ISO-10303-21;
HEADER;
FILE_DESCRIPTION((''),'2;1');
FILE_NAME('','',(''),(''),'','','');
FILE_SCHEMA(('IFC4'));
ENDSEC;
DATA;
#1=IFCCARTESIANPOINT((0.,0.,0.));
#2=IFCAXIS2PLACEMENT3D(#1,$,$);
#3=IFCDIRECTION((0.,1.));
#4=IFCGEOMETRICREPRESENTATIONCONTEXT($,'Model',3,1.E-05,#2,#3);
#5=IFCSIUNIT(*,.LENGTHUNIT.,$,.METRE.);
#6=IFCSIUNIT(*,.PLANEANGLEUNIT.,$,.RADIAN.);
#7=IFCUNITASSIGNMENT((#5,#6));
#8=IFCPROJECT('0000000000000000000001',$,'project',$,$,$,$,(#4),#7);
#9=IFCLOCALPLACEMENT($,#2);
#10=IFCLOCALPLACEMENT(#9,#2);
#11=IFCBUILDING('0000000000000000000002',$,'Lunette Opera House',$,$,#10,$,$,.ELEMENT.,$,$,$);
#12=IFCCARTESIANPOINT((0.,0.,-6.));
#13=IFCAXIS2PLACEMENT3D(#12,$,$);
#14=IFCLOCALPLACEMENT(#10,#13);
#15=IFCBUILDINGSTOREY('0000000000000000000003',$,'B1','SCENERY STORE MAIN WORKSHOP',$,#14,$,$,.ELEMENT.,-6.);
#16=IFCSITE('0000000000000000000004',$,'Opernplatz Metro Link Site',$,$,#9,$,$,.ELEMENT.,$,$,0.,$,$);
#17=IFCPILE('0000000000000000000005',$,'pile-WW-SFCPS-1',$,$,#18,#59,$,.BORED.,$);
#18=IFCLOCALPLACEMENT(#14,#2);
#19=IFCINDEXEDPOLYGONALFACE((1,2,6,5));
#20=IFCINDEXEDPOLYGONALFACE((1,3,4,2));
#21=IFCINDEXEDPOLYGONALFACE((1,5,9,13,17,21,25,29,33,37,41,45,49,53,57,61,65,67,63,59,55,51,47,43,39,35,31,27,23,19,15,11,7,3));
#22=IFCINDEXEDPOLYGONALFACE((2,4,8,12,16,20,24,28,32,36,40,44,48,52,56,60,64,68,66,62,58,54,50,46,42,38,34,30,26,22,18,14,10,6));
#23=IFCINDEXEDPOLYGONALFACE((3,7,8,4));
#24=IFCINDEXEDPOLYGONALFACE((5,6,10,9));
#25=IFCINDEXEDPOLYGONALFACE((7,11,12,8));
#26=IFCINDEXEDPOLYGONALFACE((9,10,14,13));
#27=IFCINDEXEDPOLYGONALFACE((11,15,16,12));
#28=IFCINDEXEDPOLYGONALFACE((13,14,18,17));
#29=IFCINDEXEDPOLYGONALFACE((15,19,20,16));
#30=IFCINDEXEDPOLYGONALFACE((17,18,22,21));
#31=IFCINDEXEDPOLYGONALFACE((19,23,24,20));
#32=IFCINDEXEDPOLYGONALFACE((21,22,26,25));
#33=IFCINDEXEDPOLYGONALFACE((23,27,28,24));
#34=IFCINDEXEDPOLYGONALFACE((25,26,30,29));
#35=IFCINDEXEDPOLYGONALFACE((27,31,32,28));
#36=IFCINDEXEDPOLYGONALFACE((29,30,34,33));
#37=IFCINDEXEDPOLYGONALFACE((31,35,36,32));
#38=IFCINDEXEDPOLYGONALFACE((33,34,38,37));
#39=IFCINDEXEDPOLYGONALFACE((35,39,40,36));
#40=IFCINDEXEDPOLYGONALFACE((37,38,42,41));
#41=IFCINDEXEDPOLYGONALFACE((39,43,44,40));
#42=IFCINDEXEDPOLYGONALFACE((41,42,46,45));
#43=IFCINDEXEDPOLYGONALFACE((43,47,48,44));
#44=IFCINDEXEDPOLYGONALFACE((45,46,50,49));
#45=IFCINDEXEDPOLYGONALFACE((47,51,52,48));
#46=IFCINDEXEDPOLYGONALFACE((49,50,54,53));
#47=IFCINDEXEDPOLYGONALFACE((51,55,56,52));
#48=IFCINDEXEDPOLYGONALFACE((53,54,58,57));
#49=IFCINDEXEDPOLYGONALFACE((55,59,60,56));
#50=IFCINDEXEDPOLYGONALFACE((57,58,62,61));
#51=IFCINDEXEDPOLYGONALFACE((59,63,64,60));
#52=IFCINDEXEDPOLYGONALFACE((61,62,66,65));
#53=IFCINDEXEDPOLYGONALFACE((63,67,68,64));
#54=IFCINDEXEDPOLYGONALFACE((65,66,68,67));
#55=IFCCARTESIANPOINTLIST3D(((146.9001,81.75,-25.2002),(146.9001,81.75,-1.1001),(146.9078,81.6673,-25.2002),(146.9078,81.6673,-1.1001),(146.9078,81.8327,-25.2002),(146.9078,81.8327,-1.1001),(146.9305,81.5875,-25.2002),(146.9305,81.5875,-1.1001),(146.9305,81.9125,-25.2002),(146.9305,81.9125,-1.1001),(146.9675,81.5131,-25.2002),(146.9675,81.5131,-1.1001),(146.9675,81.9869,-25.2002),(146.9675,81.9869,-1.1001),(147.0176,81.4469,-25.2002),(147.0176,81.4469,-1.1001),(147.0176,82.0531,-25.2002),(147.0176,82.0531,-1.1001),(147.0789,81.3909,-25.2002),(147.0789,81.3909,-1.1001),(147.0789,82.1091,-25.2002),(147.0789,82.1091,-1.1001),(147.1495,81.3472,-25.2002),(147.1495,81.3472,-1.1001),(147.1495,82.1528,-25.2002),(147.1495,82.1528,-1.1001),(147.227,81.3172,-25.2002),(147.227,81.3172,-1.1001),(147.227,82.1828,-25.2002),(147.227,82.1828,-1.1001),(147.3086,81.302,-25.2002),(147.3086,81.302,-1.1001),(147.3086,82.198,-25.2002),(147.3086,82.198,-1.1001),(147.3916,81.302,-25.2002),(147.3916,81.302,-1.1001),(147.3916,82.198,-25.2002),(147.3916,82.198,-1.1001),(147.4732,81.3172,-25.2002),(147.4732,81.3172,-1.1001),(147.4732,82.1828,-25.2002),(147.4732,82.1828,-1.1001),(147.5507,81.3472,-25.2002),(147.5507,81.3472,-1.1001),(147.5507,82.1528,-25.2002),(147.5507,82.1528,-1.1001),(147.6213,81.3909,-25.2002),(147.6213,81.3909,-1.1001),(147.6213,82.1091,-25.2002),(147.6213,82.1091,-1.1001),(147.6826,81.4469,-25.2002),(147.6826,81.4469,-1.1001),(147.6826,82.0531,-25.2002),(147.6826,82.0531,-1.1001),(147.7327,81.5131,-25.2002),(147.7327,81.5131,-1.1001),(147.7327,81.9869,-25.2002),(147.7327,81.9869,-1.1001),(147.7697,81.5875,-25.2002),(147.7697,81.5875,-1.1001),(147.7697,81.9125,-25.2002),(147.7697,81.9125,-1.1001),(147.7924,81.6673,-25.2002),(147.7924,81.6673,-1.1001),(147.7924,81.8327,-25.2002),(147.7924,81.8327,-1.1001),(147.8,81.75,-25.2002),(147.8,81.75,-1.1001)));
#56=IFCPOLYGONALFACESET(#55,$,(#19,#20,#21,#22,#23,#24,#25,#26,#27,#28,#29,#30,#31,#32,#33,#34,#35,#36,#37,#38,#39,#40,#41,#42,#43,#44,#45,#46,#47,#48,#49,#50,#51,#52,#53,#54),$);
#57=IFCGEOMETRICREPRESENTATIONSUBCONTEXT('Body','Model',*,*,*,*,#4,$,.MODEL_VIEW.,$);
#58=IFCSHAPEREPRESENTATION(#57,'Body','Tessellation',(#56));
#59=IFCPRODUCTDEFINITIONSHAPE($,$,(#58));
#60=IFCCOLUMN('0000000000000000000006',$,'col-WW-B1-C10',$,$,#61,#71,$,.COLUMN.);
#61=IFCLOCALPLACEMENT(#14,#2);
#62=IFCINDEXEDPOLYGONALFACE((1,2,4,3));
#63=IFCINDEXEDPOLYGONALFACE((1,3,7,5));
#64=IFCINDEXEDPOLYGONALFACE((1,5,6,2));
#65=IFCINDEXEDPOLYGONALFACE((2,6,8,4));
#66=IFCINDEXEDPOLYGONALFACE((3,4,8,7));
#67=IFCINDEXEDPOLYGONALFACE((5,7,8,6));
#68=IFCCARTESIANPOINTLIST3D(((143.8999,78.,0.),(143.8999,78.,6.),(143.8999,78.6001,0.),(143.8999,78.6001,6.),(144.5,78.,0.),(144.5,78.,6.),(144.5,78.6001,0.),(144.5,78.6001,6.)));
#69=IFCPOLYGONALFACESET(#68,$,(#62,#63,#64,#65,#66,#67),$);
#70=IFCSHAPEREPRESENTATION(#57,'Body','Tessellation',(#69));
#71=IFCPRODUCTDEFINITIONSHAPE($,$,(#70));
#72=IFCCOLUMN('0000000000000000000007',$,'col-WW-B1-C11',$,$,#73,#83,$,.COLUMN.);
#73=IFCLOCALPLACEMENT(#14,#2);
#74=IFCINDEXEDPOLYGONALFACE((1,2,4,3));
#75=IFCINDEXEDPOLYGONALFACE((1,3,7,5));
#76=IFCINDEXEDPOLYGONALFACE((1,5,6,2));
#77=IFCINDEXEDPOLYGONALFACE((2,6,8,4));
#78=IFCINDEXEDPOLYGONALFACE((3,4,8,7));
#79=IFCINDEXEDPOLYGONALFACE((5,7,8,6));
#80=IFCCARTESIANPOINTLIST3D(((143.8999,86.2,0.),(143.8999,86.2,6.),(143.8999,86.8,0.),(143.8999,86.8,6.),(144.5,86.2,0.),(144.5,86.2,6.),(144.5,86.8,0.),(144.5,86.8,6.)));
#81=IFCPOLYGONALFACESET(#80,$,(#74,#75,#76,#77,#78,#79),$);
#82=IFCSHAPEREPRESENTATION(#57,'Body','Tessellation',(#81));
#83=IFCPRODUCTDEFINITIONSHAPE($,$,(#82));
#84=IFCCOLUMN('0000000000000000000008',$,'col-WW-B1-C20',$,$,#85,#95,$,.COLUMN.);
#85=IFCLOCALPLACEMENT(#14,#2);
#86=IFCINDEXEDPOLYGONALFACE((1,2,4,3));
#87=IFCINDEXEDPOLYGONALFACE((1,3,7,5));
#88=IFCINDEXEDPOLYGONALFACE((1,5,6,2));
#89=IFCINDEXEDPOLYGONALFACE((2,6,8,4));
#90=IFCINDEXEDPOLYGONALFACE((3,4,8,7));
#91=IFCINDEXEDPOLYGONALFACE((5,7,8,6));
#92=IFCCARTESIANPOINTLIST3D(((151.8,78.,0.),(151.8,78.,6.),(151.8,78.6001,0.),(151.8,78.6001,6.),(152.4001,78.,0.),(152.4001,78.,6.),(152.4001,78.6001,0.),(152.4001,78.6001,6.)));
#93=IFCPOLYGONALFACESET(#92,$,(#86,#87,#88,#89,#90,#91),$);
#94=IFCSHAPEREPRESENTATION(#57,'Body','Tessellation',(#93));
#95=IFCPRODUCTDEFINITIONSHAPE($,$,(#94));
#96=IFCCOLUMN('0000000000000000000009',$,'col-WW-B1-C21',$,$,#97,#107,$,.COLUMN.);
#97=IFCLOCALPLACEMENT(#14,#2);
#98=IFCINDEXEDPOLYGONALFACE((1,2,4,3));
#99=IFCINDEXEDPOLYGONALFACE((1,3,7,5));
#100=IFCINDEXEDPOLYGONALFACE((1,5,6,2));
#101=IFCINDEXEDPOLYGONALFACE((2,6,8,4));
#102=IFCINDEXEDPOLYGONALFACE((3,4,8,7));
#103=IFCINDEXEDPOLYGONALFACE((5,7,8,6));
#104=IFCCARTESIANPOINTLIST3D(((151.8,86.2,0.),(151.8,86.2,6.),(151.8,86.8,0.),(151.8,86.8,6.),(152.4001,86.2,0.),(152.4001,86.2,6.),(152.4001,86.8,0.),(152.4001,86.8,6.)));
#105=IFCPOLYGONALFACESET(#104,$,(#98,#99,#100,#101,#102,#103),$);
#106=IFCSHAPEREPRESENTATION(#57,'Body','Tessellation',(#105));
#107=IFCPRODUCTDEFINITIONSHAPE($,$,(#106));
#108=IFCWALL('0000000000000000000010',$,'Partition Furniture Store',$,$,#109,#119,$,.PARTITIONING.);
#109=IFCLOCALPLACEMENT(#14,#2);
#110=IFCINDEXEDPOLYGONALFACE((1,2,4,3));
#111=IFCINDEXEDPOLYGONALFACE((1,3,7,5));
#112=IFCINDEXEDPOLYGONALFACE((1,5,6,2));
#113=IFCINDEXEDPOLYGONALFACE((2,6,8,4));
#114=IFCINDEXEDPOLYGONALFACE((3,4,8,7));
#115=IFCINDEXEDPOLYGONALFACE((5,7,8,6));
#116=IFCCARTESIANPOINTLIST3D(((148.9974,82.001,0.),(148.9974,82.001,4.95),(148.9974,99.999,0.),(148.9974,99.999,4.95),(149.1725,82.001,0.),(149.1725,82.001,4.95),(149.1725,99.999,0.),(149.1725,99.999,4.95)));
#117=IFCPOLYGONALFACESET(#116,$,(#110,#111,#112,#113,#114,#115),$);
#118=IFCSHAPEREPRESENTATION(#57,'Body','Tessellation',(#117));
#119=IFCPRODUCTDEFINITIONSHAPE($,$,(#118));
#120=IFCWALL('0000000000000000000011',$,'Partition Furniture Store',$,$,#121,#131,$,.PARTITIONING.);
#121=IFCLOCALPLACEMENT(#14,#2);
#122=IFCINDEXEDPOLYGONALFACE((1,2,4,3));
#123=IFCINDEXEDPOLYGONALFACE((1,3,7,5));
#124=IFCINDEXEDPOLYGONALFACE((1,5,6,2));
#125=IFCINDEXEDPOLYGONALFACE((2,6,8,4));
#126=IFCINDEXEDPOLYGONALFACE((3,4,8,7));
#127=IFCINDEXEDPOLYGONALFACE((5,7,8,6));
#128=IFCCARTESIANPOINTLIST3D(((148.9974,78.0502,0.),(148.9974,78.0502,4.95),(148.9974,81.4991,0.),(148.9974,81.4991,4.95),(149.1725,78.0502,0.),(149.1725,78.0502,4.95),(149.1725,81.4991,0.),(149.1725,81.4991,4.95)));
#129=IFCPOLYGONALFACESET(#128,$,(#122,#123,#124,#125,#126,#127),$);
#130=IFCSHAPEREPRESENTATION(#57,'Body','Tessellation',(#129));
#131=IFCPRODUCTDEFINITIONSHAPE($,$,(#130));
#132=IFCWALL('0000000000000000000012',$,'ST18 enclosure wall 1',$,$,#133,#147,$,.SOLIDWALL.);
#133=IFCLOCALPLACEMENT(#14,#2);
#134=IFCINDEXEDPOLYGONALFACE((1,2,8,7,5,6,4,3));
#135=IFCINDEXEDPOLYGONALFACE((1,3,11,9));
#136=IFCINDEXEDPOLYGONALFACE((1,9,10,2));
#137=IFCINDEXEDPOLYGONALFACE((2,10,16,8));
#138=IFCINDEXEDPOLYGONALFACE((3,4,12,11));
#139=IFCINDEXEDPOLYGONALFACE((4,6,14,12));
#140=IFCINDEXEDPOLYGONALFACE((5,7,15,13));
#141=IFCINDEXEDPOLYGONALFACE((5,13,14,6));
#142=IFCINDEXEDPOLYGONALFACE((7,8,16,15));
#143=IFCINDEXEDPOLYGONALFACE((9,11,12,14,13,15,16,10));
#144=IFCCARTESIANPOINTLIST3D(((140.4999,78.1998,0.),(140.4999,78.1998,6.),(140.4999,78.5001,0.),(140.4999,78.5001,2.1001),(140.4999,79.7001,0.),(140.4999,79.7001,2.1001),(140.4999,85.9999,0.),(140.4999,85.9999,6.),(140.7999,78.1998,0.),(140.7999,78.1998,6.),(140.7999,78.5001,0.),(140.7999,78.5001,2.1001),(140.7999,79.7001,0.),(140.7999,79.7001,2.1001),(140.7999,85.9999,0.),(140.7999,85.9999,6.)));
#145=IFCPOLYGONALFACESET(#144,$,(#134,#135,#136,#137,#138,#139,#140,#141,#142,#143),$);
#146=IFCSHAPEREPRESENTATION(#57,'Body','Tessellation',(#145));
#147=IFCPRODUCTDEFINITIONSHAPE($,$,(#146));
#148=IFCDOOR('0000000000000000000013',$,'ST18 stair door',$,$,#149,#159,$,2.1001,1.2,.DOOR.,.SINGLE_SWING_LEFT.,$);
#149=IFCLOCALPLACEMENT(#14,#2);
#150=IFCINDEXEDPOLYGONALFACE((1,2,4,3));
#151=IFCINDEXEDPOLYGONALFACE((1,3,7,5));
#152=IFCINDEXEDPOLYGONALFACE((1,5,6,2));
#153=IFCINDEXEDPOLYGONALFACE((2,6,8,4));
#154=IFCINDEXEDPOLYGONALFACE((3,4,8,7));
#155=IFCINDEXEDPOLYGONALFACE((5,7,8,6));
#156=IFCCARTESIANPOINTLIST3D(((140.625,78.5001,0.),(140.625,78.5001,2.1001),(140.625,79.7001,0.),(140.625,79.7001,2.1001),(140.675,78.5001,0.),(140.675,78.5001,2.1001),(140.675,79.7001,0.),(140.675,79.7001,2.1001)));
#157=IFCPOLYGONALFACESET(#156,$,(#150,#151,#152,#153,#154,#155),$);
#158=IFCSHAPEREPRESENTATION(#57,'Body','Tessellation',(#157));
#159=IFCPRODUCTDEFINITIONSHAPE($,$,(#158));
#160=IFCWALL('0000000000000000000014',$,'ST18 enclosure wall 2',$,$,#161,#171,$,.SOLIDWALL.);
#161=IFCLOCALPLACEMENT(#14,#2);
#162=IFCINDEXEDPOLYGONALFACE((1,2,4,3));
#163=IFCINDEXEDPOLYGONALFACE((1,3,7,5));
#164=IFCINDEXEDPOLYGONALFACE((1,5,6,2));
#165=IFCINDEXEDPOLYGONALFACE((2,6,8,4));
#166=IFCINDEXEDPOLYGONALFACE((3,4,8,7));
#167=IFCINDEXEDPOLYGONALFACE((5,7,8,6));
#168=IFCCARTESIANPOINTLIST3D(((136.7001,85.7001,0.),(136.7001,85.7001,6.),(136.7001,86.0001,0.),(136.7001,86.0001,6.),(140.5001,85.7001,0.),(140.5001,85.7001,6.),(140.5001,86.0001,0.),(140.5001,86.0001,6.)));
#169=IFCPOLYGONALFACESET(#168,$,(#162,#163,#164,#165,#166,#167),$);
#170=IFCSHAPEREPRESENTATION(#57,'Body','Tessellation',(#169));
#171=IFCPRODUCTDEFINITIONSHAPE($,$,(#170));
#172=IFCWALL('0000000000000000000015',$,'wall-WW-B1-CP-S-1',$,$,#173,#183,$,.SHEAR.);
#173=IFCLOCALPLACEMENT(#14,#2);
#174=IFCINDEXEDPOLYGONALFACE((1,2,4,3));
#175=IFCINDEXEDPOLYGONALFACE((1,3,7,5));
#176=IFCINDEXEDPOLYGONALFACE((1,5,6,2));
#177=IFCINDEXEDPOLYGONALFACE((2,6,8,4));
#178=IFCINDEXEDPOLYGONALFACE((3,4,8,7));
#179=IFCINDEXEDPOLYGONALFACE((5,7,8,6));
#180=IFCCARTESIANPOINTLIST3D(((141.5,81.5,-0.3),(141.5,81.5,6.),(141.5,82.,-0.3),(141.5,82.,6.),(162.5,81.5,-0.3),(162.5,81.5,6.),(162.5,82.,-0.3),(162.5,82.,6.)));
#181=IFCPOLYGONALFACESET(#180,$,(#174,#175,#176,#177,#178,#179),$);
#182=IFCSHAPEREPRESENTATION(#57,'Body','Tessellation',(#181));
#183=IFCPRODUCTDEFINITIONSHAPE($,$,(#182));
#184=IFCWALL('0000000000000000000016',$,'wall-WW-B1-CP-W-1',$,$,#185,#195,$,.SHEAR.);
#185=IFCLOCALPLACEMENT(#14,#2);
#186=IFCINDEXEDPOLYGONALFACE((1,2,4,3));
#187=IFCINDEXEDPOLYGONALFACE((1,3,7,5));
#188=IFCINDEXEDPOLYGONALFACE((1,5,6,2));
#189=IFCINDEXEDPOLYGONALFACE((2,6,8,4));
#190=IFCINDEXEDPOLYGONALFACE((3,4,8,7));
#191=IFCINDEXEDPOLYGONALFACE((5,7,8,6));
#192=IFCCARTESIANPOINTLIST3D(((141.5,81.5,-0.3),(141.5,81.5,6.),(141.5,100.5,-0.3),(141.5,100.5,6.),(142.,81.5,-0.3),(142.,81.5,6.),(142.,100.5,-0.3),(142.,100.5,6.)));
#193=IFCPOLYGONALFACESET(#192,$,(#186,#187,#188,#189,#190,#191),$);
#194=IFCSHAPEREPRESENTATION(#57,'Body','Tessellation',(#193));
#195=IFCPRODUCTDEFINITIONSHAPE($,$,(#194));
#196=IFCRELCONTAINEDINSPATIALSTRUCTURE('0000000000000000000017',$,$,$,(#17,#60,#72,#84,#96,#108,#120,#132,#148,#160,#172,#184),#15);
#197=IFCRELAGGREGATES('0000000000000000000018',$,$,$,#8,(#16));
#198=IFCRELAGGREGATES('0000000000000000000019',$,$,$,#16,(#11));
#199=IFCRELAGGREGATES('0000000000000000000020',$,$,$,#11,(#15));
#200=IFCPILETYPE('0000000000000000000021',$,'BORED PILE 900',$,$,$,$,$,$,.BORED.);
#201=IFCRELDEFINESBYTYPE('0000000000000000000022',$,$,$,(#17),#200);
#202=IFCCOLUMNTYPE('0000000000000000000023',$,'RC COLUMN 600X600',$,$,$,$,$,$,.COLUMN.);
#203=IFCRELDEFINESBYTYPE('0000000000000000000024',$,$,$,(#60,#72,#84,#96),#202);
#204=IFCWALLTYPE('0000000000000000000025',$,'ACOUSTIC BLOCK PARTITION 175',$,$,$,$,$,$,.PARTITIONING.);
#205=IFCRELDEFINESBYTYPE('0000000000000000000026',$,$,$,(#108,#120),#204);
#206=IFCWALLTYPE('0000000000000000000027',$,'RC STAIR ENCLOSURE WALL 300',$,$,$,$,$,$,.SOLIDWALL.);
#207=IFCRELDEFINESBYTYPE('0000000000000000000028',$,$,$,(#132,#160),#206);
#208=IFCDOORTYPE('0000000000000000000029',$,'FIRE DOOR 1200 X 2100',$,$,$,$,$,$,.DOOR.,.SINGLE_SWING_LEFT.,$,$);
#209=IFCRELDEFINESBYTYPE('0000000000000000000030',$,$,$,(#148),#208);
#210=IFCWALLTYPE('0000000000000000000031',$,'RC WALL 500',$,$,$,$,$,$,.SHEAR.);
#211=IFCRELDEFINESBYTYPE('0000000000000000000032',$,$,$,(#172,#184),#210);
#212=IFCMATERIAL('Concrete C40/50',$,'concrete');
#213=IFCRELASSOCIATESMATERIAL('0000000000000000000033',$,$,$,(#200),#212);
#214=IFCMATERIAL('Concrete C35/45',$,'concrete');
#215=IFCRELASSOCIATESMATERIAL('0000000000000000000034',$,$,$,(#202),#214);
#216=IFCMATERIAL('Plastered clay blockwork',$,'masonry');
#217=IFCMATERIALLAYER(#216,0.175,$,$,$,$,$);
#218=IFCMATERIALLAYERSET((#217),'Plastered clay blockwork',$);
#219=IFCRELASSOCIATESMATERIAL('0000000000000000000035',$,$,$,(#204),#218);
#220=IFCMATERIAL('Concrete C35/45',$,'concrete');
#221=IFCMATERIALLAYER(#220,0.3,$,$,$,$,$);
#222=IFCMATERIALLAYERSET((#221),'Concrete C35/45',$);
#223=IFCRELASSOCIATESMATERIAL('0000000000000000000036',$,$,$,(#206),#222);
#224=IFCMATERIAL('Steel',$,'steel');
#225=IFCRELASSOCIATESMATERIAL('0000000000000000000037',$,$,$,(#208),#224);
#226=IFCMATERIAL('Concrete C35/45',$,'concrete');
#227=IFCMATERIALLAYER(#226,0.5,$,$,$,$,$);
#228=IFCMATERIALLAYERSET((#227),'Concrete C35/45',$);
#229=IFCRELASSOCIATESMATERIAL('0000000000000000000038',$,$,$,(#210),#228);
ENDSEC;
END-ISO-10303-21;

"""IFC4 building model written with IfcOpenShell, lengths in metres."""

from ifc_helpers import new_model, si_unit, direction, frame, frame_2d, origin, origin_2d, place, context, subcontext, project, spatial, rectangle, circle, extrude, material, layer, layer_set, material_profile, profile_set, type_object, element, fill, save


model = new_model("IFC4")

# Units and contexts
model_context = context("Model", 3, precision=1e-05, world=origin(), true_north=direction((0.0, 1.0)))
body_context = subcontext(model_context, "Body", "Model", "MODEL_VIEW")
ifc_project = project(units=[si_unit("LENGTHUNIT", "METRE"), si_unit("PLANEANGLEUNIT", "RADIAN")], contexts=[model_context])

# Site, building, storey
site_placement = place(None, origin())
site = spatial("IfcSite", under=ifc_project, at=site_placement, Name="Opernplatz Metro Link Site", CompositionType="ELEMENT", RefElevation=0.0)
building_placement = place(site_placement, origin())
building = spatial("IfcBuilding", under=site, at=building_placement, Name="Lunette Opera House", CompositionType="ELEMENT")
storey_placement = place(building_placement, frame((0.0, 0.0, -6.0)))
storey = spatial("IfcBuildingStorey", under=building, at=storey_placement, Name="B1", Description="SCENERY STORE MAIN WORKSHOP", CompositionType="ELEMENT", Elevation=-6.0)

# Pile
ifc_material_1 = material(Name="Concrete C40/50", Category="concrete")
ifc_material_profile_1 = material_profile(ifc_material_1, circle(Radius=0.45, at=origin_2d()), Name="BORED PILE 900")
ifc_profile_set_1 = profile_set([ifc_material_profile_1], Name="Concrete C40/50")
pile_type = type_object("IfcPileType", Name="BORED PILE 900", PredefinedType="BORED", material=ifc_profile_set_1)
for number, where, z_axis, x_axis, name in (
    (1, (147.3501, 81.75, -1.1001), (0.0, 0.0, -1.0), (1.0, 0.0, 0.0), "pile-WW-SFCPS-1"),
):
    element("IfcPile", number, at=place(storey_placement, frame(where, z_axis=z_axis, x_axis=x_axis)), inside=storey, type_object=pile_type, Name=name, PredefinedType="BORED", context=body_context, shape_type="SweptSolid", body=[
        extrude(circle(Radius=0.45, at=origin_2d()), origin(), (0.0, 0.0, 1.0), 24.1001),
    ])

# Columns
ifc_material_2 = material(Name="Concrete C35/45", Category="concrete")
ifc_material_profile_2 = material_profile(ifc_material_2, rectangle(XDim=0.6001, YDim=0.6001, at=origin_2d()), Name="RC COLUMN 600X600")
ifc_profile_set_2 = profile_set([ifc_material_profile_2], Name="Concrete C35/45")
column_type = type_object("IfcColumnType", Name="RC COLUMN 600X600", PredefinedType="COLUMN", material=ifc_profile_set_2)
for number, where, z_axis, x_axis, name in (
    (2, (144.2, 78.3, 0.0), (0.0, 0.0, 1.0), (1.0, 0.0, 0.0), "col-WW-B1-C10"),
    (3, (144.2, 86.5, 0.0), (0.0, 0.0, 1.0), (1.0, 0.0, 0.0), "col-WW-B1-C11"),
    (4, (152.1001, 78.3, 0.0), (0.0, 0.0, 1.0), (1.0, 0.0, 0.0), "col-WW-B1-C20"),
    (5, (152.1001, 86.5, 0.0), (0.0, 0.0, 1.0), (1.0, 0.0, 0.0), "col-WW-B1-C21"),
):
    element("IfcColumn", number, at=place(storey_placement, frame(where, z_axis=z_axis, x_axis=x_axis)), inside=storey, type_object=column_type, Name=name, PredefinedType="COLUMN", context=body_context, shape_type="SweptSolid", body=[
        extrude(rectangle(XDim=0.6001, YDim=0.6001, at=origin_2d()), origin(), (0.0, 0.0, 1.0), 6.0),
    ])

# Walls
ifc_material_3 = material(Name="Plastered clay blockwork", Category="masonry")
ifc_layer_1 = layer(ifc_material_3, 0.175)
ifc_layer_set_1 = layer_set([ifc_layer_1], Name="Plastered clay blockwork")
wall_type_1 = type_object("IfcWallType", Name="ACOUSTIC BLOCK PARTITION 175", PredefinedType="PARTITIONING", material=ifc_layer_set_1)
wall_1_placement = place(storey_placement, frame((149.085, 82.001, 0.0), z_axis=(0.0, 0.0, 1.0), x_axis=(0.0, 1.0, 0.0)))
element("IfcWall", 6, at=wall_1_placement, inside=storey, type_object=wall_type_1, Name="Partition Furniture Store", PredefinedType="PARTITIONING", context=body_context, shape_type="SweptSolid", body=[
    extrude(rectangle(XDim=17.998, YDim=0.175, at=frame_2d((8.999, 0.0))), origin(), (0.0, 0.0, 1.0), 4.95),
])
wall_2_placement = place(storey_placement, frame((149.085, 78.05, 0.0), z_axis=(0.0, 0.0, 1.0), x_axis=(0.0, 1.0, 0.0)))
element("IfcWall", 7, at=wall_2_placement, inside=storey, type_object=wall_type_1, Name="Partition Furniture Store", PredefinedType="PARTITIONING", context=body_context, shape_type="SweptSolid", body=[
    extrude(rectangle(XDim=3.449, YDim=0.175, at=frame_2d((1.7246, 0.0))), origin(), (0.0, 0.0, 1.0), 4.95),
])

# Wall, opening, door
ifc_material_4 = material(Name="Concrete C35/45", Category="concrete")
ifc_layer_2 = layer(ifc_material_4, 0.3)
ifc_layer_set_2 = layer_set([ifc_layer_2], Name="Concrete C35/45")
wall_type_2 = type_object("IfcWallType", Name="RC STAIR ENCLOSURE WALL 300", PredefinedType="SOLIDWALL", material=ifc_layer_set_2)
wall_3_placement = place(storey_placement, frame((140.6499, 78.2, 0.0), z_axis=(0.0, 0.0, 1.0), x_axis=(0.0, 1.0, 0.0)))
wall_3 = element("IfcWall", 8, at=wall_3_placement, inside=storey, type_object=wall_type_2, Name="ST18 enclosure wall 1", PredefinedType="SOLIDWALL", context=body_context, shape_type="SweptSolid", body=[
    extrude(rectangle(XDim=7.8, YDim=0.3, at=frame_2d((3.8999, 0.0))), origin(), (0.0, 0.0, 1.0), 6.0),
])
opening_placement = place(wall_3_placement, frame((0.3, 0.0, 0.0)))
opening = element("IfcOpeningElement", 9, at=opening_placement, cuts=wall_3, PredefinedType="OPENING", context=body_context, shape_type="SweptSolid", body=[
    extrude(rectangle(XDim=1.2, YDim=2.1001, at=frame_2d((0.6001, 1.05))), frame((0.0, 0.1621, 0.0), z_axis=(0.0, -1.0, 0.0), x_axis=(1.0, 0.0, 0.0)), (0.0, 0.0, 1.0), 0.324),
])
ifc_material_5 = material(Name="Steel", Category="steel")
door_type = type_object("IfcDoorType", Name="FIRE DOOR 1200 X 2100", OperationType="SINGLE_SWING_LEFT", PredefinedType="DOOR", material=ifc_material_5)
door_placement = place(opening_placement, origin())
door = element("IfcDoor", 10, at=door_placement, inside=storey, type_object=door_type, Name="ST18 stair door", OperationType="SINGLE_SWING_LEFT", OverallHeight=2.1001, OverallWidth=1.2, PredefinedType="DOOR", context=body_context, shape_type="SweptSolid", body=[
    extrude(rectangle(XDim=1.2, YDim=2.1001, at=frame_2d((0.6001, 1.05))), frame((0.0, 0.0249, 0.0), z_axis=(0.0, -1.0, 0.0), x_axis=(1.0, 0.0, 0.0)), (0.0, 0.0, 1.0), 0.05),
])
fill(opening, door)

# Walls
wall_4_placement = place(storey_placement, frame((140.5, 85.8501, 0.0), z_axis=(0.0, 0.0, 1.0), x_axis=(-1.0, 0.0, 0.0)))
element("IfcWall", 11, at=wall_4_placement, inside=storey, type_object=wall_type_2, Name="ST18 enclosure wall 2", PredefinedType="SOLIDWALL", context=body_context, shape_type="SweptSolid", body=[
    extrude(rectangle(XDim=3.8, YDim=0.3, at=frame_2d((1.8999, 0.0))), origin(), (0.0, 0.0, 1.0), 6.0),
])
ifc_material_6 = material(Name="Concrete C35/45", Category="concrete")
ifc_layer_3 = layer(ifc_material_6, 0.5)
ifc_layer_set_3 = layer_set([ifc_layer_3], Name="Concrete C35/45")
wall_type_3 = type_object("IfcWallType", Name="RC WALL 500", PredefinedType="SHEAR", material=ifc_layer_set_3)
wall_5_placement = place(storey_placement, frame((141.5, 81.75, -0.3), z_axis=(0.0, 0.0, 1.0), x_axis=(1.0, 0.0, 0.0)))
element("IfcWall", 12, at=wall_5_placement, inside=storey, type_object=wall_type_3, Name="wall-WW-B1-CP-S-1", PredefinedType="SHEAR", context=body_context, shape_type="SweptSolid", body=[
    extrude(rectangle(XDim=21.0, YDim=0.5, at=frame_2d((10.5, 0.0))), origin(), (0.0, 0.0, 1.0), 6.3),
])
wall_6_placement = place(storey_placement, frame((141.75, 81.5, -0.3), z_axis=(0.0, 0.0, 1.0), x_axis=(0.0, 1.0, 0.0)))
element("IfcWall", 13, at=wall_6_placement, inside=storey, type_object=wall_type_3, Name="wall-WW-B1-CP-W-1", PredefinedType="SHEAR", context=body_context, shape_type="SweptSolid", body=[
    extrude(rectangle(XDim=19.0, YDim=0.5, at=frame_2d((9.5, 0.0))), origin(), (0.0, 0.0, 1.0), 6.3),
])

save(model, "model.ifc")
